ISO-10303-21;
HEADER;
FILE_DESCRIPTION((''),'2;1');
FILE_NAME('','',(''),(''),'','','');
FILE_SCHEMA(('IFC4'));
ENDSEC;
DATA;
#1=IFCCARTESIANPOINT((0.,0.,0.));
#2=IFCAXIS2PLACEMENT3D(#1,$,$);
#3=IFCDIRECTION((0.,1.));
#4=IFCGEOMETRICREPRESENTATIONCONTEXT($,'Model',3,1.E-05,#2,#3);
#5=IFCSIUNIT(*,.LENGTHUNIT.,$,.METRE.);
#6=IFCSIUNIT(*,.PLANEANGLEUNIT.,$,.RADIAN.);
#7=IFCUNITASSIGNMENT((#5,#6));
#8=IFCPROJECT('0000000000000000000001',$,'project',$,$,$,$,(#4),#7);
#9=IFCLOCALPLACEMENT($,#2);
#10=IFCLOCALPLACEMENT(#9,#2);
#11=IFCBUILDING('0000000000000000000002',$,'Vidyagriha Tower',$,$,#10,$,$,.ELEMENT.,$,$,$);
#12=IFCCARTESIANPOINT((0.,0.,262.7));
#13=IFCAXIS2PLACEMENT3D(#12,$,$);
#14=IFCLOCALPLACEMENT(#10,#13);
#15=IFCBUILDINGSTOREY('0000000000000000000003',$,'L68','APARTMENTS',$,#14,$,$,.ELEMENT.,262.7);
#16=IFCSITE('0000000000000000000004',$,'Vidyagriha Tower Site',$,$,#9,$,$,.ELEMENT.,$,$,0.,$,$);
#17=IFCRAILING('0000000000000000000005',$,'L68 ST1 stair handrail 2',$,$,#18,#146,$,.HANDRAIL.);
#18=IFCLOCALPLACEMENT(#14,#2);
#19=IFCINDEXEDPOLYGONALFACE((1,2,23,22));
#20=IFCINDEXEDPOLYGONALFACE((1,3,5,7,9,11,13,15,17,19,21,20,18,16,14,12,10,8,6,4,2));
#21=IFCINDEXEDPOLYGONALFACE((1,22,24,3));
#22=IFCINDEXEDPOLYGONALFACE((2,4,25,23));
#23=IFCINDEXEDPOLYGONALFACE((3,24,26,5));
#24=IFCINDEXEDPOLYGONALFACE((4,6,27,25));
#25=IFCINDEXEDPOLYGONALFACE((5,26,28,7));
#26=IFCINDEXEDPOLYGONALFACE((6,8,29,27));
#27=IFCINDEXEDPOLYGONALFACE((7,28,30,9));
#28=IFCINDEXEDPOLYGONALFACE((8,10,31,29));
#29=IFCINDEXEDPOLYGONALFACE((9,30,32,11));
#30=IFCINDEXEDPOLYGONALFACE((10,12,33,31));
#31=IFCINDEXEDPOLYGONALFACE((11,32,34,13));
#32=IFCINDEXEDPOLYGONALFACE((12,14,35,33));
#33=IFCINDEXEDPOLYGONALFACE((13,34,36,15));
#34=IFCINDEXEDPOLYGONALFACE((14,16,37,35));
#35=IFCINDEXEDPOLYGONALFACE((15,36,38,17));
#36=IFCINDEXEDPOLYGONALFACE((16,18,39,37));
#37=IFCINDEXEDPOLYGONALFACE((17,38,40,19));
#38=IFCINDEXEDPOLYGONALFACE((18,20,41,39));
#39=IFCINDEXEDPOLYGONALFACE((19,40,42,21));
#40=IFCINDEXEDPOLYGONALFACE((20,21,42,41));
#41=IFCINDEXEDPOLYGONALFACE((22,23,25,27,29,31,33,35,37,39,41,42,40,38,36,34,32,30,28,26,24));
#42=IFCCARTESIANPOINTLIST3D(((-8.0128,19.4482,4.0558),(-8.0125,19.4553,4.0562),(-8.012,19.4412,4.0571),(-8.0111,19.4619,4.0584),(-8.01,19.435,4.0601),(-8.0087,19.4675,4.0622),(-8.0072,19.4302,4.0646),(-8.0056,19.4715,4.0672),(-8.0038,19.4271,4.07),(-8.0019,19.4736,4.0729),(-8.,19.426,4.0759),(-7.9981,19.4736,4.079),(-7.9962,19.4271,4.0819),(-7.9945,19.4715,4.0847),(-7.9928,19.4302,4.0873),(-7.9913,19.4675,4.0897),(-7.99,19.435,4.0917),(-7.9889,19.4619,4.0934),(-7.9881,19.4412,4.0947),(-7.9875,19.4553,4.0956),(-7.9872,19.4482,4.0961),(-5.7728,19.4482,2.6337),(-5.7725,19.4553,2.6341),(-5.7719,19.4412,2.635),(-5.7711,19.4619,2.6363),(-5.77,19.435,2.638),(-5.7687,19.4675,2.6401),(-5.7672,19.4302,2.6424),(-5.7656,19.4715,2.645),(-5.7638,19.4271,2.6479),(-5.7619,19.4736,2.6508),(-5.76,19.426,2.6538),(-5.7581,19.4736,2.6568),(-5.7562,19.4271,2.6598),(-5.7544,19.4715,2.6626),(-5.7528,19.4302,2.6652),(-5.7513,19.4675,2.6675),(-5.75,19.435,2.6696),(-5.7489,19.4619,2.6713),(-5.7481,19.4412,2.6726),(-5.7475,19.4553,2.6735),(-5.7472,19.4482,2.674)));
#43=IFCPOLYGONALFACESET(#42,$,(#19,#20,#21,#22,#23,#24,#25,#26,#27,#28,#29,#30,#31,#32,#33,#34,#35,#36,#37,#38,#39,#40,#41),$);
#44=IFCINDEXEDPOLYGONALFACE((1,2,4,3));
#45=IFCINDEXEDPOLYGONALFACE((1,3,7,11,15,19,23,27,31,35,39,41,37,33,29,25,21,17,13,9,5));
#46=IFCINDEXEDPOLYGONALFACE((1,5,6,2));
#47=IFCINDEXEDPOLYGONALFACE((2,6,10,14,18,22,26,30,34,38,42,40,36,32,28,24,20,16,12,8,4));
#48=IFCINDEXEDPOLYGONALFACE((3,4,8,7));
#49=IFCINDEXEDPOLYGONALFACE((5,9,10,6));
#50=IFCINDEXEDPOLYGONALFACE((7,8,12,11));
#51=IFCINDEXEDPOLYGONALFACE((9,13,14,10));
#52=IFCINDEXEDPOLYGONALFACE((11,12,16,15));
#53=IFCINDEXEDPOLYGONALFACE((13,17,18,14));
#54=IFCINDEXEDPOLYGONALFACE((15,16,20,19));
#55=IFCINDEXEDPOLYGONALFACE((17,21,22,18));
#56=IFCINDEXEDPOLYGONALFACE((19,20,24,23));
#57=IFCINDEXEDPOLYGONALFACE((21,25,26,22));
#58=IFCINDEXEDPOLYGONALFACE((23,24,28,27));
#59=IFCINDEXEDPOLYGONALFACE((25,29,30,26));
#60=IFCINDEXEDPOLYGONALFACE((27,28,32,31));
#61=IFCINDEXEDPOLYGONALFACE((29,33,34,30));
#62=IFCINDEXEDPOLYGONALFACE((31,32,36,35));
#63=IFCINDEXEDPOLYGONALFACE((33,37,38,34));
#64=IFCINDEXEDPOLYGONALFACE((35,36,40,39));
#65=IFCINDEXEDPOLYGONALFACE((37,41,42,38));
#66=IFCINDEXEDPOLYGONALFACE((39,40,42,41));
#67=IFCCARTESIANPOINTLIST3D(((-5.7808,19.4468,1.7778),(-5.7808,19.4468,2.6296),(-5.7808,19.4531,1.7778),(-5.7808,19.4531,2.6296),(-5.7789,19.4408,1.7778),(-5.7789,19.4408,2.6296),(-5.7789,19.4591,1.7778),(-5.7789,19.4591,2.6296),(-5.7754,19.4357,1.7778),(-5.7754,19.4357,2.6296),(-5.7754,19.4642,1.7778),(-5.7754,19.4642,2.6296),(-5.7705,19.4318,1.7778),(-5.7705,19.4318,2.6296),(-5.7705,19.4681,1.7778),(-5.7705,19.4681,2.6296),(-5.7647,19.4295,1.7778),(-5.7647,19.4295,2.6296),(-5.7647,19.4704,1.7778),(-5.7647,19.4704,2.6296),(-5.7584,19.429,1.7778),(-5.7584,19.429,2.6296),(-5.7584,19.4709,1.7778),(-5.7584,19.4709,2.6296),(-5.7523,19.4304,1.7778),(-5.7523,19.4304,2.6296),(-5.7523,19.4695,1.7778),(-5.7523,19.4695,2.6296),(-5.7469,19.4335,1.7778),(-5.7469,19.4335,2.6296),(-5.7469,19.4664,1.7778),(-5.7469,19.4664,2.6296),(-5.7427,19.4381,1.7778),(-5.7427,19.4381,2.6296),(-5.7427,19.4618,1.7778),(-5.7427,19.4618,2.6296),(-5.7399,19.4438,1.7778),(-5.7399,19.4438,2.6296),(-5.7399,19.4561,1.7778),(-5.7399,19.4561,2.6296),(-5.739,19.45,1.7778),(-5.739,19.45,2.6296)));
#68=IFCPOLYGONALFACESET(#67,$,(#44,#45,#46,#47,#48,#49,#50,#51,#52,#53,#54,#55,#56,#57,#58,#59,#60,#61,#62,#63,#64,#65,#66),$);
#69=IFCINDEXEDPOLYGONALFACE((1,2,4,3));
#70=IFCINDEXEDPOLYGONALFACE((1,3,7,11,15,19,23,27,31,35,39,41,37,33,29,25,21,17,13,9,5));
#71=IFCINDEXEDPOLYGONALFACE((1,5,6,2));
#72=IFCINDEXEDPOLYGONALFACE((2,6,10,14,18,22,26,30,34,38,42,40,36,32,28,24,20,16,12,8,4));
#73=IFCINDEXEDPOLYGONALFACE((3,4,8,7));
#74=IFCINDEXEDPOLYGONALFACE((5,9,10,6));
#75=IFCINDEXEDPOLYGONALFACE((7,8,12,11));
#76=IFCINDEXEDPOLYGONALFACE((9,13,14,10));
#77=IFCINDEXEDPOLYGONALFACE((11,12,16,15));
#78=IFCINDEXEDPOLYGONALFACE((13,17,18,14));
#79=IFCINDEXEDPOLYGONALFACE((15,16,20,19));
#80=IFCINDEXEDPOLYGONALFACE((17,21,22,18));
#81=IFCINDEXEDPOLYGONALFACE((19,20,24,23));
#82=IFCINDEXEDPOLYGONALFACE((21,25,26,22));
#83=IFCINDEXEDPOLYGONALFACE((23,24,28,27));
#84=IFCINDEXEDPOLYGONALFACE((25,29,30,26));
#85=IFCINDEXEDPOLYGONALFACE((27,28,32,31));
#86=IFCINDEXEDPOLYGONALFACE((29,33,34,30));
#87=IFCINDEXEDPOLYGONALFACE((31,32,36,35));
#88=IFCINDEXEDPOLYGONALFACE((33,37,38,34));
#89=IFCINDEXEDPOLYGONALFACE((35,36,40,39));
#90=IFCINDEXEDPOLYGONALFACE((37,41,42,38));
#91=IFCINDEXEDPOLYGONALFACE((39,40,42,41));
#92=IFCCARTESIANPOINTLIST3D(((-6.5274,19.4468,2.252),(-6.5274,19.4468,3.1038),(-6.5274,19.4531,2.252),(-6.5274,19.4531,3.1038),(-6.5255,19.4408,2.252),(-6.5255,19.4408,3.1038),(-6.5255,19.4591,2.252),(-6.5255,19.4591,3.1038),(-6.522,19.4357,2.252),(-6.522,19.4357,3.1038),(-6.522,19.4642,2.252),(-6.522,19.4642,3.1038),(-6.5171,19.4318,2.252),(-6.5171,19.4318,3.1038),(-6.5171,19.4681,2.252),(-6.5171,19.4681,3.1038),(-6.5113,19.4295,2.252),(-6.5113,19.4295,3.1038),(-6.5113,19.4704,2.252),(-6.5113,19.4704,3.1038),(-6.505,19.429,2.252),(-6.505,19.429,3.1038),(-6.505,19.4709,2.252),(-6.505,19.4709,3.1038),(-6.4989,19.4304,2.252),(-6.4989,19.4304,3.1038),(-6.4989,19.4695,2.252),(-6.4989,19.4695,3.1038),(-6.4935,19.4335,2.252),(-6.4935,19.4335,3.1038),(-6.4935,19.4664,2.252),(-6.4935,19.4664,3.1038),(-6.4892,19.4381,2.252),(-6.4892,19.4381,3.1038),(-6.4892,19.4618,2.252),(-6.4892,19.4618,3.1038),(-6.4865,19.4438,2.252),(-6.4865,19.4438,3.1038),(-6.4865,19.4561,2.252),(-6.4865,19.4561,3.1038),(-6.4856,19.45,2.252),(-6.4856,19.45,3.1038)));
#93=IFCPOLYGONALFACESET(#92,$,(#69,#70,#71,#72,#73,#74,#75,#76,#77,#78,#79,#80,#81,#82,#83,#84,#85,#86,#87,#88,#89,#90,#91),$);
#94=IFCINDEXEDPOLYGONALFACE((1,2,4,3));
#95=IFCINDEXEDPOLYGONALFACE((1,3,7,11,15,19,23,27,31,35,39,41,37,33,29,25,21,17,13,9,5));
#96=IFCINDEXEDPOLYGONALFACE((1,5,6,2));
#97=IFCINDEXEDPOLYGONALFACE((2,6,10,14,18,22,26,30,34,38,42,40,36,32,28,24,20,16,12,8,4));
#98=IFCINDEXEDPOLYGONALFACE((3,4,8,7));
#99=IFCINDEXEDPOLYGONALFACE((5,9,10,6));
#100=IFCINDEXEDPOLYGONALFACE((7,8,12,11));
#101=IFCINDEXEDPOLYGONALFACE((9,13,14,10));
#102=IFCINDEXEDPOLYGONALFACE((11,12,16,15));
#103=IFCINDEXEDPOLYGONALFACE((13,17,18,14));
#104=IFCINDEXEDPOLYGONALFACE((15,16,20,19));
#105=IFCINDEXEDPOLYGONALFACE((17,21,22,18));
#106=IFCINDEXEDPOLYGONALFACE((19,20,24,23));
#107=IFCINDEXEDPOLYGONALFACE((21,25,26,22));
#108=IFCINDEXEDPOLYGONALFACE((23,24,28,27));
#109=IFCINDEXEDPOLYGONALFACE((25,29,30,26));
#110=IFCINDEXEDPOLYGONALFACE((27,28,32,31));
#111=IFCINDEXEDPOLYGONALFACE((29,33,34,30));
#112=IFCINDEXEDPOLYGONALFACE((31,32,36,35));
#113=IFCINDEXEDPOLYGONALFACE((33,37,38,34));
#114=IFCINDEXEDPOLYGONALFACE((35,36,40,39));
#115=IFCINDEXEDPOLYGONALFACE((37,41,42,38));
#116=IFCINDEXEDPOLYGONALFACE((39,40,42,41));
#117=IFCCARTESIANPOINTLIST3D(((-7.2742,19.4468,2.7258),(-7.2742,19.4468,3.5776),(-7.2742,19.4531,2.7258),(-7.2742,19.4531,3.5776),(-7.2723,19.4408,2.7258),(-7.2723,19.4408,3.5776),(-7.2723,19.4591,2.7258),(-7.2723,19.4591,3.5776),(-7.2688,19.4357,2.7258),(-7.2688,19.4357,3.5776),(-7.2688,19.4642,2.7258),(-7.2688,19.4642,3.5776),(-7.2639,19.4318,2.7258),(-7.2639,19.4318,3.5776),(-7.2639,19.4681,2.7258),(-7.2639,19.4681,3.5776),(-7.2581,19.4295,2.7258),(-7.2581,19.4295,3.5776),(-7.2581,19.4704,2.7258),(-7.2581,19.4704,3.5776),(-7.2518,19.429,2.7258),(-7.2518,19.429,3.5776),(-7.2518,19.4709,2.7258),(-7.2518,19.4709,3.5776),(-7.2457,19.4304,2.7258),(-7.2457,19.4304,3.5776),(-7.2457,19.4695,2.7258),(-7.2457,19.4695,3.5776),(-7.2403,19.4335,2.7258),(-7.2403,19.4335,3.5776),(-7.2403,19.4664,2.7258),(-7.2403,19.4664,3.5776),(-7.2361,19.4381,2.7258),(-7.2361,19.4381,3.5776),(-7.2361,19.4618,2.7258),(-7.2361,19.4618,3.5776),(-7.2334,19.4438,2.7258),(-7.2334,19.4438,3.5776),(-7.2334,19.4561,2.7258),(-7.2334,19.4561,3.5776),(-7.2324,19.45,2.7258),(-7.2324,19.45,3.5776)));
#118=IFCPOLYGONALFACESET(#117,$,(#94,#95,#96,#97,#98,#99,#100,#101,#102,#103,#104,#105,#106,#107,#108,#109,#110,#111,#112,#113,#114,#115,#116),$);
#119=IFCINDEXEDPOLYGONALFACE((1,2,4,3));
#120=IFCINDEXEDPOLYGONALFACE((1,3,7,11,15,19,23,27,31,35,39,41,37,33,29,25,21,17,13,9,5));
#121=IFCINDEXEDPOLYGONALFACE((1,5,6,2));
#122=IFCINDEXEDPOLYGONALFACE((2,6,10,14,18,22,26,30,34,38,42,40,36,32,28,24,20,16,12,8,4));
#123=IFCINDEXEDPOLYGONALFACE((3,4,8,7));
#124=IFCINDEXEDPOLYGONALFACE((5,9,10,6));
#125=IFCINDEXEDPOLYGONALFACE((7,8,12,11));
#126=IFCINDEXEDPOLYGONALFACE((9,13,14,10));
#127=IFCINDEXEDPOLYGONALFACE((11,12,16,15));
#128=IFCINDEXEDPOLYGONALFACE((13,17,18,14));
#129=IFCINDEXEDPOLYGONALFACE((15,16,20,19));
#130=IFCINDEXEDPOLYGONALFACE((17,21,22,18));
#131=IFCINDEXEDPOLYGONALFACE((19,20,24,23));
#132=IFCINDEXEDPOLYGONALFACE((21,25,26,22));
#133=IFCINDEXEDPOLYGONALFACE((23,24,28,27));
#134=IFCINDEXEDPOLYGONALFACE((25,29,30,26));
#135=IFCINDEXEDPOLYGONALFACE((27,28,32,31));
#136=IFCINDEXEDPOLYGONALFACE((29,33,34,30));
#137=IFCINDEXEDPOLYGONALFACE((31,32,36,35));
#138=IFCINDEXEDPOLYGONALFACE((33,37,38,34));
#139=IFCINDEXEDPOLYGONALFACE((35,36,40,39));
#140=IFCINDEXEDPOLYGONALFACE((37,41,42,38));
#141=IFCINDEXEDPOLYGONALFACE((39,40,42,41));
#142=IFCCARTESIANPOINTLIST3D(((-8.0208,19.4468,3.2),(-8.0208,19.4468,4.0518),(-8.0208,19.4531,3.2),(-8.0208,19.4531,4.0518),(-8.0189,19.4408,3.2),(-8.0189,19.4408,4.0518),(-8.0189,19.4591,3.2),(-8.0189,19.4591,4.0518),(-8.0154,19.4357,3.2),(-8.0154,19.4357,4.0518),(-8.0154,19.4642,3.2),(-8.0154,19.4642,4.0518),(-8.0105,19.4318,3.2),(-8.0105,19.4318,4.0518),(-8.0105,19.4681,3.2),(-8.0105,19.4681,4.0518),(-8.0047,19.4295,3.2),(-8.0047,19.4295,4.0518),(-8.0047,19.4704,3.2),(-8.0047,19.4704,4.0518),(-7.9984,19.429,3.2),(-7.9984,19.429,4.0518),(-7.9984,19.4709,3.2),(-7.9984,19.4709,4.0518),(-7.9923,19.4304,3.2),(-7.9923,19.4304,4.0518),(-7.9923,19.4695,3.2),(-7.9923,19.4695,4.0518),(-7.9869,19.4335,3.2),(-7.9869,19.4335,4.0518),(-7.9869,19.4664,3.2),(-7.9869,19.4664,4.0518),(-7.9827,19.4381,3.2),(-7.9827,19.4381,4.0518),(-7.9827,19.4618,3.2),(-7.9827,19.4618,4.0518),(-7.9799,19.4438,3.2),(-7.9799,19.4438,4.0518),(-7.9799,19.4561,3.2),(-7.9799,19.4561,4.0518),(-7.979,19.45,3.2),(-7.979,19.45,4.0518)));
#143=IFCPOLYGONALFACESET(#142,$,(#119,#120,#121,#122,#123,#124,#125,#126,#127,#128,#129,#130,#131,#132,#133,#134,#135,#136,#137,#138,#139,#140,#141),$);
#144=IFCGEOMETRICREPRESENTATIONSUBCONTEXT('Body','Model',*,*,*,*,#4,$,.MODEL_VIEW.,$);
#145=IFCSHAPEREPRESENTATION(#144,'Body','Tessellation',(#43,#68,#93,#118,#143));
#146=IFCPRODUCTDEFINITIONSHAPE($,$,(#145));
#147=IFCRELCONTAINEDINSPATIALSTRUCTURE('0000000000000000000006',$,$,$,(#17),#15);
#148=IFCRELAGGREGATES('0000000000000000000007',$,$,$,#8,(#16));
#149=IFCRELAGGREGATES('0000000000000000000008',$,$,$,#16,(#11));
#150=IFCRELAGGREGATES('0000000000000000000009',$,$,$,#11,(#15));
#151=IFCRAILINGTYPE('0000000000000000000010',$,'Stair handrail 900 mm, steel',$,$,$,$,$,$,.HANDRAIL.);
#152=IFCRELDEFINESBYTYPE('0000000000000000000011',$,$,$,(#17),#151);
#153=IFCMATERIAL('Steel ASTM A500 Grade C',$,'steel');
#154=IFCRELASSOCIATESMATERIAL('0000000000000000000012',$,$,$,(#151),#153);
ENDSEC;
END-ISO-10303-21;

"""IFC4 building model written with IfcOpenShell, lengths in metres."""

from ifc_helpers import new_model, si_unit, direction, frame, origin, origin_2d, place, context, subcontext, project, spatial, circle, extrude, material, type_object, element, save


model = new_model("IFC4")

# Units and contexts
model_context = context("Model", 3, precision=1e-05, world=origin(), true_north=direction((0.0, 1.0)))
body_context = subcontext(model_context, "Body", "Model", "MODEL_VIEW")
ifc_project = project(units=[si_unit("LENGTHUNIT", "METRE"), si_unit("PLANEANGLEUNIT", "RADIAN")], contexts=[model_context])

# Site, building, storey
site_placement = place(None, origin())
site = spatial("IfcSite", under=ifc_project, at=site_placement, Name="Vidyagriha Tower Site", CompositionType="ELEMENT", RefElevation=0.0)
building_placement = place(site_placement, origin())
building = spatial("IfcBuilding", under=site, at=building_placement, Name="Vidyagriha Tower", CompositionType="ELEMENT")
storey_placement = place(building_placement, frame((0.0, 0.0, 262.7)))
storey = spatial("IfcBuildingStorey", under=building, at=storey_placement, Name="L68", Description="APARTMENTS", CompositionType="ELEMENT", Elevation=262.7)

# Railing
ifc_material_1 = material(Name="Steel ASTM A500 Grade C", Category="steel")
railing_type_1 = type_object("IfcRailingType", Name="Stair handrail 900 mm, steel", PredefinedType="HANDRAIL", material=ifc_material_1)
for number, where, name in (
    (1, (-5.76, 19.45, 1.7778), "L68 ST1 stair handrail 2"),
):
    element("IfcRailing", number, at=place(storey_placement, frame(where)), inside=storey, type_object=railing_type_1, Name=name, PredefinedType="HANDRAIL", context=body_context, shape_type="SweptSolid", body=[
        extrude(circle(Radius=0.0239, at=origin_2d()), frame((0.0, 0.0, 0.876), z_axis=(-0.844229, 0.0, 0.535982), x_axis=(0.0, -1.0, 0.0)), (0.0, 0.0, 1.0), 2.6533),
        extrude(circle(Radius=0.021, at=origin_2d()), origin(), (0.0, 0.0, 1.0), 0.8518),
        extrude(circle(Radius=0.021, at=origin_2d()), frame((-0.7466, 0.0, 0.4741)), (0.0, 0.0, 1.0), 0.8518),
        extrude(circle(Radius=0.021, at=origin_2d()), frame((-1.4934, 0.0, 0.948)), (0.0, 0.0, 1.0), 0.8518),
        extrude(circle(Radius=0.021, at=origin_2d()), frame((-2.24, 0.0, 1.4221)), (0.0, 0.0, 1.0), 0.8518),
    ])

save(model, "model.ifc")
